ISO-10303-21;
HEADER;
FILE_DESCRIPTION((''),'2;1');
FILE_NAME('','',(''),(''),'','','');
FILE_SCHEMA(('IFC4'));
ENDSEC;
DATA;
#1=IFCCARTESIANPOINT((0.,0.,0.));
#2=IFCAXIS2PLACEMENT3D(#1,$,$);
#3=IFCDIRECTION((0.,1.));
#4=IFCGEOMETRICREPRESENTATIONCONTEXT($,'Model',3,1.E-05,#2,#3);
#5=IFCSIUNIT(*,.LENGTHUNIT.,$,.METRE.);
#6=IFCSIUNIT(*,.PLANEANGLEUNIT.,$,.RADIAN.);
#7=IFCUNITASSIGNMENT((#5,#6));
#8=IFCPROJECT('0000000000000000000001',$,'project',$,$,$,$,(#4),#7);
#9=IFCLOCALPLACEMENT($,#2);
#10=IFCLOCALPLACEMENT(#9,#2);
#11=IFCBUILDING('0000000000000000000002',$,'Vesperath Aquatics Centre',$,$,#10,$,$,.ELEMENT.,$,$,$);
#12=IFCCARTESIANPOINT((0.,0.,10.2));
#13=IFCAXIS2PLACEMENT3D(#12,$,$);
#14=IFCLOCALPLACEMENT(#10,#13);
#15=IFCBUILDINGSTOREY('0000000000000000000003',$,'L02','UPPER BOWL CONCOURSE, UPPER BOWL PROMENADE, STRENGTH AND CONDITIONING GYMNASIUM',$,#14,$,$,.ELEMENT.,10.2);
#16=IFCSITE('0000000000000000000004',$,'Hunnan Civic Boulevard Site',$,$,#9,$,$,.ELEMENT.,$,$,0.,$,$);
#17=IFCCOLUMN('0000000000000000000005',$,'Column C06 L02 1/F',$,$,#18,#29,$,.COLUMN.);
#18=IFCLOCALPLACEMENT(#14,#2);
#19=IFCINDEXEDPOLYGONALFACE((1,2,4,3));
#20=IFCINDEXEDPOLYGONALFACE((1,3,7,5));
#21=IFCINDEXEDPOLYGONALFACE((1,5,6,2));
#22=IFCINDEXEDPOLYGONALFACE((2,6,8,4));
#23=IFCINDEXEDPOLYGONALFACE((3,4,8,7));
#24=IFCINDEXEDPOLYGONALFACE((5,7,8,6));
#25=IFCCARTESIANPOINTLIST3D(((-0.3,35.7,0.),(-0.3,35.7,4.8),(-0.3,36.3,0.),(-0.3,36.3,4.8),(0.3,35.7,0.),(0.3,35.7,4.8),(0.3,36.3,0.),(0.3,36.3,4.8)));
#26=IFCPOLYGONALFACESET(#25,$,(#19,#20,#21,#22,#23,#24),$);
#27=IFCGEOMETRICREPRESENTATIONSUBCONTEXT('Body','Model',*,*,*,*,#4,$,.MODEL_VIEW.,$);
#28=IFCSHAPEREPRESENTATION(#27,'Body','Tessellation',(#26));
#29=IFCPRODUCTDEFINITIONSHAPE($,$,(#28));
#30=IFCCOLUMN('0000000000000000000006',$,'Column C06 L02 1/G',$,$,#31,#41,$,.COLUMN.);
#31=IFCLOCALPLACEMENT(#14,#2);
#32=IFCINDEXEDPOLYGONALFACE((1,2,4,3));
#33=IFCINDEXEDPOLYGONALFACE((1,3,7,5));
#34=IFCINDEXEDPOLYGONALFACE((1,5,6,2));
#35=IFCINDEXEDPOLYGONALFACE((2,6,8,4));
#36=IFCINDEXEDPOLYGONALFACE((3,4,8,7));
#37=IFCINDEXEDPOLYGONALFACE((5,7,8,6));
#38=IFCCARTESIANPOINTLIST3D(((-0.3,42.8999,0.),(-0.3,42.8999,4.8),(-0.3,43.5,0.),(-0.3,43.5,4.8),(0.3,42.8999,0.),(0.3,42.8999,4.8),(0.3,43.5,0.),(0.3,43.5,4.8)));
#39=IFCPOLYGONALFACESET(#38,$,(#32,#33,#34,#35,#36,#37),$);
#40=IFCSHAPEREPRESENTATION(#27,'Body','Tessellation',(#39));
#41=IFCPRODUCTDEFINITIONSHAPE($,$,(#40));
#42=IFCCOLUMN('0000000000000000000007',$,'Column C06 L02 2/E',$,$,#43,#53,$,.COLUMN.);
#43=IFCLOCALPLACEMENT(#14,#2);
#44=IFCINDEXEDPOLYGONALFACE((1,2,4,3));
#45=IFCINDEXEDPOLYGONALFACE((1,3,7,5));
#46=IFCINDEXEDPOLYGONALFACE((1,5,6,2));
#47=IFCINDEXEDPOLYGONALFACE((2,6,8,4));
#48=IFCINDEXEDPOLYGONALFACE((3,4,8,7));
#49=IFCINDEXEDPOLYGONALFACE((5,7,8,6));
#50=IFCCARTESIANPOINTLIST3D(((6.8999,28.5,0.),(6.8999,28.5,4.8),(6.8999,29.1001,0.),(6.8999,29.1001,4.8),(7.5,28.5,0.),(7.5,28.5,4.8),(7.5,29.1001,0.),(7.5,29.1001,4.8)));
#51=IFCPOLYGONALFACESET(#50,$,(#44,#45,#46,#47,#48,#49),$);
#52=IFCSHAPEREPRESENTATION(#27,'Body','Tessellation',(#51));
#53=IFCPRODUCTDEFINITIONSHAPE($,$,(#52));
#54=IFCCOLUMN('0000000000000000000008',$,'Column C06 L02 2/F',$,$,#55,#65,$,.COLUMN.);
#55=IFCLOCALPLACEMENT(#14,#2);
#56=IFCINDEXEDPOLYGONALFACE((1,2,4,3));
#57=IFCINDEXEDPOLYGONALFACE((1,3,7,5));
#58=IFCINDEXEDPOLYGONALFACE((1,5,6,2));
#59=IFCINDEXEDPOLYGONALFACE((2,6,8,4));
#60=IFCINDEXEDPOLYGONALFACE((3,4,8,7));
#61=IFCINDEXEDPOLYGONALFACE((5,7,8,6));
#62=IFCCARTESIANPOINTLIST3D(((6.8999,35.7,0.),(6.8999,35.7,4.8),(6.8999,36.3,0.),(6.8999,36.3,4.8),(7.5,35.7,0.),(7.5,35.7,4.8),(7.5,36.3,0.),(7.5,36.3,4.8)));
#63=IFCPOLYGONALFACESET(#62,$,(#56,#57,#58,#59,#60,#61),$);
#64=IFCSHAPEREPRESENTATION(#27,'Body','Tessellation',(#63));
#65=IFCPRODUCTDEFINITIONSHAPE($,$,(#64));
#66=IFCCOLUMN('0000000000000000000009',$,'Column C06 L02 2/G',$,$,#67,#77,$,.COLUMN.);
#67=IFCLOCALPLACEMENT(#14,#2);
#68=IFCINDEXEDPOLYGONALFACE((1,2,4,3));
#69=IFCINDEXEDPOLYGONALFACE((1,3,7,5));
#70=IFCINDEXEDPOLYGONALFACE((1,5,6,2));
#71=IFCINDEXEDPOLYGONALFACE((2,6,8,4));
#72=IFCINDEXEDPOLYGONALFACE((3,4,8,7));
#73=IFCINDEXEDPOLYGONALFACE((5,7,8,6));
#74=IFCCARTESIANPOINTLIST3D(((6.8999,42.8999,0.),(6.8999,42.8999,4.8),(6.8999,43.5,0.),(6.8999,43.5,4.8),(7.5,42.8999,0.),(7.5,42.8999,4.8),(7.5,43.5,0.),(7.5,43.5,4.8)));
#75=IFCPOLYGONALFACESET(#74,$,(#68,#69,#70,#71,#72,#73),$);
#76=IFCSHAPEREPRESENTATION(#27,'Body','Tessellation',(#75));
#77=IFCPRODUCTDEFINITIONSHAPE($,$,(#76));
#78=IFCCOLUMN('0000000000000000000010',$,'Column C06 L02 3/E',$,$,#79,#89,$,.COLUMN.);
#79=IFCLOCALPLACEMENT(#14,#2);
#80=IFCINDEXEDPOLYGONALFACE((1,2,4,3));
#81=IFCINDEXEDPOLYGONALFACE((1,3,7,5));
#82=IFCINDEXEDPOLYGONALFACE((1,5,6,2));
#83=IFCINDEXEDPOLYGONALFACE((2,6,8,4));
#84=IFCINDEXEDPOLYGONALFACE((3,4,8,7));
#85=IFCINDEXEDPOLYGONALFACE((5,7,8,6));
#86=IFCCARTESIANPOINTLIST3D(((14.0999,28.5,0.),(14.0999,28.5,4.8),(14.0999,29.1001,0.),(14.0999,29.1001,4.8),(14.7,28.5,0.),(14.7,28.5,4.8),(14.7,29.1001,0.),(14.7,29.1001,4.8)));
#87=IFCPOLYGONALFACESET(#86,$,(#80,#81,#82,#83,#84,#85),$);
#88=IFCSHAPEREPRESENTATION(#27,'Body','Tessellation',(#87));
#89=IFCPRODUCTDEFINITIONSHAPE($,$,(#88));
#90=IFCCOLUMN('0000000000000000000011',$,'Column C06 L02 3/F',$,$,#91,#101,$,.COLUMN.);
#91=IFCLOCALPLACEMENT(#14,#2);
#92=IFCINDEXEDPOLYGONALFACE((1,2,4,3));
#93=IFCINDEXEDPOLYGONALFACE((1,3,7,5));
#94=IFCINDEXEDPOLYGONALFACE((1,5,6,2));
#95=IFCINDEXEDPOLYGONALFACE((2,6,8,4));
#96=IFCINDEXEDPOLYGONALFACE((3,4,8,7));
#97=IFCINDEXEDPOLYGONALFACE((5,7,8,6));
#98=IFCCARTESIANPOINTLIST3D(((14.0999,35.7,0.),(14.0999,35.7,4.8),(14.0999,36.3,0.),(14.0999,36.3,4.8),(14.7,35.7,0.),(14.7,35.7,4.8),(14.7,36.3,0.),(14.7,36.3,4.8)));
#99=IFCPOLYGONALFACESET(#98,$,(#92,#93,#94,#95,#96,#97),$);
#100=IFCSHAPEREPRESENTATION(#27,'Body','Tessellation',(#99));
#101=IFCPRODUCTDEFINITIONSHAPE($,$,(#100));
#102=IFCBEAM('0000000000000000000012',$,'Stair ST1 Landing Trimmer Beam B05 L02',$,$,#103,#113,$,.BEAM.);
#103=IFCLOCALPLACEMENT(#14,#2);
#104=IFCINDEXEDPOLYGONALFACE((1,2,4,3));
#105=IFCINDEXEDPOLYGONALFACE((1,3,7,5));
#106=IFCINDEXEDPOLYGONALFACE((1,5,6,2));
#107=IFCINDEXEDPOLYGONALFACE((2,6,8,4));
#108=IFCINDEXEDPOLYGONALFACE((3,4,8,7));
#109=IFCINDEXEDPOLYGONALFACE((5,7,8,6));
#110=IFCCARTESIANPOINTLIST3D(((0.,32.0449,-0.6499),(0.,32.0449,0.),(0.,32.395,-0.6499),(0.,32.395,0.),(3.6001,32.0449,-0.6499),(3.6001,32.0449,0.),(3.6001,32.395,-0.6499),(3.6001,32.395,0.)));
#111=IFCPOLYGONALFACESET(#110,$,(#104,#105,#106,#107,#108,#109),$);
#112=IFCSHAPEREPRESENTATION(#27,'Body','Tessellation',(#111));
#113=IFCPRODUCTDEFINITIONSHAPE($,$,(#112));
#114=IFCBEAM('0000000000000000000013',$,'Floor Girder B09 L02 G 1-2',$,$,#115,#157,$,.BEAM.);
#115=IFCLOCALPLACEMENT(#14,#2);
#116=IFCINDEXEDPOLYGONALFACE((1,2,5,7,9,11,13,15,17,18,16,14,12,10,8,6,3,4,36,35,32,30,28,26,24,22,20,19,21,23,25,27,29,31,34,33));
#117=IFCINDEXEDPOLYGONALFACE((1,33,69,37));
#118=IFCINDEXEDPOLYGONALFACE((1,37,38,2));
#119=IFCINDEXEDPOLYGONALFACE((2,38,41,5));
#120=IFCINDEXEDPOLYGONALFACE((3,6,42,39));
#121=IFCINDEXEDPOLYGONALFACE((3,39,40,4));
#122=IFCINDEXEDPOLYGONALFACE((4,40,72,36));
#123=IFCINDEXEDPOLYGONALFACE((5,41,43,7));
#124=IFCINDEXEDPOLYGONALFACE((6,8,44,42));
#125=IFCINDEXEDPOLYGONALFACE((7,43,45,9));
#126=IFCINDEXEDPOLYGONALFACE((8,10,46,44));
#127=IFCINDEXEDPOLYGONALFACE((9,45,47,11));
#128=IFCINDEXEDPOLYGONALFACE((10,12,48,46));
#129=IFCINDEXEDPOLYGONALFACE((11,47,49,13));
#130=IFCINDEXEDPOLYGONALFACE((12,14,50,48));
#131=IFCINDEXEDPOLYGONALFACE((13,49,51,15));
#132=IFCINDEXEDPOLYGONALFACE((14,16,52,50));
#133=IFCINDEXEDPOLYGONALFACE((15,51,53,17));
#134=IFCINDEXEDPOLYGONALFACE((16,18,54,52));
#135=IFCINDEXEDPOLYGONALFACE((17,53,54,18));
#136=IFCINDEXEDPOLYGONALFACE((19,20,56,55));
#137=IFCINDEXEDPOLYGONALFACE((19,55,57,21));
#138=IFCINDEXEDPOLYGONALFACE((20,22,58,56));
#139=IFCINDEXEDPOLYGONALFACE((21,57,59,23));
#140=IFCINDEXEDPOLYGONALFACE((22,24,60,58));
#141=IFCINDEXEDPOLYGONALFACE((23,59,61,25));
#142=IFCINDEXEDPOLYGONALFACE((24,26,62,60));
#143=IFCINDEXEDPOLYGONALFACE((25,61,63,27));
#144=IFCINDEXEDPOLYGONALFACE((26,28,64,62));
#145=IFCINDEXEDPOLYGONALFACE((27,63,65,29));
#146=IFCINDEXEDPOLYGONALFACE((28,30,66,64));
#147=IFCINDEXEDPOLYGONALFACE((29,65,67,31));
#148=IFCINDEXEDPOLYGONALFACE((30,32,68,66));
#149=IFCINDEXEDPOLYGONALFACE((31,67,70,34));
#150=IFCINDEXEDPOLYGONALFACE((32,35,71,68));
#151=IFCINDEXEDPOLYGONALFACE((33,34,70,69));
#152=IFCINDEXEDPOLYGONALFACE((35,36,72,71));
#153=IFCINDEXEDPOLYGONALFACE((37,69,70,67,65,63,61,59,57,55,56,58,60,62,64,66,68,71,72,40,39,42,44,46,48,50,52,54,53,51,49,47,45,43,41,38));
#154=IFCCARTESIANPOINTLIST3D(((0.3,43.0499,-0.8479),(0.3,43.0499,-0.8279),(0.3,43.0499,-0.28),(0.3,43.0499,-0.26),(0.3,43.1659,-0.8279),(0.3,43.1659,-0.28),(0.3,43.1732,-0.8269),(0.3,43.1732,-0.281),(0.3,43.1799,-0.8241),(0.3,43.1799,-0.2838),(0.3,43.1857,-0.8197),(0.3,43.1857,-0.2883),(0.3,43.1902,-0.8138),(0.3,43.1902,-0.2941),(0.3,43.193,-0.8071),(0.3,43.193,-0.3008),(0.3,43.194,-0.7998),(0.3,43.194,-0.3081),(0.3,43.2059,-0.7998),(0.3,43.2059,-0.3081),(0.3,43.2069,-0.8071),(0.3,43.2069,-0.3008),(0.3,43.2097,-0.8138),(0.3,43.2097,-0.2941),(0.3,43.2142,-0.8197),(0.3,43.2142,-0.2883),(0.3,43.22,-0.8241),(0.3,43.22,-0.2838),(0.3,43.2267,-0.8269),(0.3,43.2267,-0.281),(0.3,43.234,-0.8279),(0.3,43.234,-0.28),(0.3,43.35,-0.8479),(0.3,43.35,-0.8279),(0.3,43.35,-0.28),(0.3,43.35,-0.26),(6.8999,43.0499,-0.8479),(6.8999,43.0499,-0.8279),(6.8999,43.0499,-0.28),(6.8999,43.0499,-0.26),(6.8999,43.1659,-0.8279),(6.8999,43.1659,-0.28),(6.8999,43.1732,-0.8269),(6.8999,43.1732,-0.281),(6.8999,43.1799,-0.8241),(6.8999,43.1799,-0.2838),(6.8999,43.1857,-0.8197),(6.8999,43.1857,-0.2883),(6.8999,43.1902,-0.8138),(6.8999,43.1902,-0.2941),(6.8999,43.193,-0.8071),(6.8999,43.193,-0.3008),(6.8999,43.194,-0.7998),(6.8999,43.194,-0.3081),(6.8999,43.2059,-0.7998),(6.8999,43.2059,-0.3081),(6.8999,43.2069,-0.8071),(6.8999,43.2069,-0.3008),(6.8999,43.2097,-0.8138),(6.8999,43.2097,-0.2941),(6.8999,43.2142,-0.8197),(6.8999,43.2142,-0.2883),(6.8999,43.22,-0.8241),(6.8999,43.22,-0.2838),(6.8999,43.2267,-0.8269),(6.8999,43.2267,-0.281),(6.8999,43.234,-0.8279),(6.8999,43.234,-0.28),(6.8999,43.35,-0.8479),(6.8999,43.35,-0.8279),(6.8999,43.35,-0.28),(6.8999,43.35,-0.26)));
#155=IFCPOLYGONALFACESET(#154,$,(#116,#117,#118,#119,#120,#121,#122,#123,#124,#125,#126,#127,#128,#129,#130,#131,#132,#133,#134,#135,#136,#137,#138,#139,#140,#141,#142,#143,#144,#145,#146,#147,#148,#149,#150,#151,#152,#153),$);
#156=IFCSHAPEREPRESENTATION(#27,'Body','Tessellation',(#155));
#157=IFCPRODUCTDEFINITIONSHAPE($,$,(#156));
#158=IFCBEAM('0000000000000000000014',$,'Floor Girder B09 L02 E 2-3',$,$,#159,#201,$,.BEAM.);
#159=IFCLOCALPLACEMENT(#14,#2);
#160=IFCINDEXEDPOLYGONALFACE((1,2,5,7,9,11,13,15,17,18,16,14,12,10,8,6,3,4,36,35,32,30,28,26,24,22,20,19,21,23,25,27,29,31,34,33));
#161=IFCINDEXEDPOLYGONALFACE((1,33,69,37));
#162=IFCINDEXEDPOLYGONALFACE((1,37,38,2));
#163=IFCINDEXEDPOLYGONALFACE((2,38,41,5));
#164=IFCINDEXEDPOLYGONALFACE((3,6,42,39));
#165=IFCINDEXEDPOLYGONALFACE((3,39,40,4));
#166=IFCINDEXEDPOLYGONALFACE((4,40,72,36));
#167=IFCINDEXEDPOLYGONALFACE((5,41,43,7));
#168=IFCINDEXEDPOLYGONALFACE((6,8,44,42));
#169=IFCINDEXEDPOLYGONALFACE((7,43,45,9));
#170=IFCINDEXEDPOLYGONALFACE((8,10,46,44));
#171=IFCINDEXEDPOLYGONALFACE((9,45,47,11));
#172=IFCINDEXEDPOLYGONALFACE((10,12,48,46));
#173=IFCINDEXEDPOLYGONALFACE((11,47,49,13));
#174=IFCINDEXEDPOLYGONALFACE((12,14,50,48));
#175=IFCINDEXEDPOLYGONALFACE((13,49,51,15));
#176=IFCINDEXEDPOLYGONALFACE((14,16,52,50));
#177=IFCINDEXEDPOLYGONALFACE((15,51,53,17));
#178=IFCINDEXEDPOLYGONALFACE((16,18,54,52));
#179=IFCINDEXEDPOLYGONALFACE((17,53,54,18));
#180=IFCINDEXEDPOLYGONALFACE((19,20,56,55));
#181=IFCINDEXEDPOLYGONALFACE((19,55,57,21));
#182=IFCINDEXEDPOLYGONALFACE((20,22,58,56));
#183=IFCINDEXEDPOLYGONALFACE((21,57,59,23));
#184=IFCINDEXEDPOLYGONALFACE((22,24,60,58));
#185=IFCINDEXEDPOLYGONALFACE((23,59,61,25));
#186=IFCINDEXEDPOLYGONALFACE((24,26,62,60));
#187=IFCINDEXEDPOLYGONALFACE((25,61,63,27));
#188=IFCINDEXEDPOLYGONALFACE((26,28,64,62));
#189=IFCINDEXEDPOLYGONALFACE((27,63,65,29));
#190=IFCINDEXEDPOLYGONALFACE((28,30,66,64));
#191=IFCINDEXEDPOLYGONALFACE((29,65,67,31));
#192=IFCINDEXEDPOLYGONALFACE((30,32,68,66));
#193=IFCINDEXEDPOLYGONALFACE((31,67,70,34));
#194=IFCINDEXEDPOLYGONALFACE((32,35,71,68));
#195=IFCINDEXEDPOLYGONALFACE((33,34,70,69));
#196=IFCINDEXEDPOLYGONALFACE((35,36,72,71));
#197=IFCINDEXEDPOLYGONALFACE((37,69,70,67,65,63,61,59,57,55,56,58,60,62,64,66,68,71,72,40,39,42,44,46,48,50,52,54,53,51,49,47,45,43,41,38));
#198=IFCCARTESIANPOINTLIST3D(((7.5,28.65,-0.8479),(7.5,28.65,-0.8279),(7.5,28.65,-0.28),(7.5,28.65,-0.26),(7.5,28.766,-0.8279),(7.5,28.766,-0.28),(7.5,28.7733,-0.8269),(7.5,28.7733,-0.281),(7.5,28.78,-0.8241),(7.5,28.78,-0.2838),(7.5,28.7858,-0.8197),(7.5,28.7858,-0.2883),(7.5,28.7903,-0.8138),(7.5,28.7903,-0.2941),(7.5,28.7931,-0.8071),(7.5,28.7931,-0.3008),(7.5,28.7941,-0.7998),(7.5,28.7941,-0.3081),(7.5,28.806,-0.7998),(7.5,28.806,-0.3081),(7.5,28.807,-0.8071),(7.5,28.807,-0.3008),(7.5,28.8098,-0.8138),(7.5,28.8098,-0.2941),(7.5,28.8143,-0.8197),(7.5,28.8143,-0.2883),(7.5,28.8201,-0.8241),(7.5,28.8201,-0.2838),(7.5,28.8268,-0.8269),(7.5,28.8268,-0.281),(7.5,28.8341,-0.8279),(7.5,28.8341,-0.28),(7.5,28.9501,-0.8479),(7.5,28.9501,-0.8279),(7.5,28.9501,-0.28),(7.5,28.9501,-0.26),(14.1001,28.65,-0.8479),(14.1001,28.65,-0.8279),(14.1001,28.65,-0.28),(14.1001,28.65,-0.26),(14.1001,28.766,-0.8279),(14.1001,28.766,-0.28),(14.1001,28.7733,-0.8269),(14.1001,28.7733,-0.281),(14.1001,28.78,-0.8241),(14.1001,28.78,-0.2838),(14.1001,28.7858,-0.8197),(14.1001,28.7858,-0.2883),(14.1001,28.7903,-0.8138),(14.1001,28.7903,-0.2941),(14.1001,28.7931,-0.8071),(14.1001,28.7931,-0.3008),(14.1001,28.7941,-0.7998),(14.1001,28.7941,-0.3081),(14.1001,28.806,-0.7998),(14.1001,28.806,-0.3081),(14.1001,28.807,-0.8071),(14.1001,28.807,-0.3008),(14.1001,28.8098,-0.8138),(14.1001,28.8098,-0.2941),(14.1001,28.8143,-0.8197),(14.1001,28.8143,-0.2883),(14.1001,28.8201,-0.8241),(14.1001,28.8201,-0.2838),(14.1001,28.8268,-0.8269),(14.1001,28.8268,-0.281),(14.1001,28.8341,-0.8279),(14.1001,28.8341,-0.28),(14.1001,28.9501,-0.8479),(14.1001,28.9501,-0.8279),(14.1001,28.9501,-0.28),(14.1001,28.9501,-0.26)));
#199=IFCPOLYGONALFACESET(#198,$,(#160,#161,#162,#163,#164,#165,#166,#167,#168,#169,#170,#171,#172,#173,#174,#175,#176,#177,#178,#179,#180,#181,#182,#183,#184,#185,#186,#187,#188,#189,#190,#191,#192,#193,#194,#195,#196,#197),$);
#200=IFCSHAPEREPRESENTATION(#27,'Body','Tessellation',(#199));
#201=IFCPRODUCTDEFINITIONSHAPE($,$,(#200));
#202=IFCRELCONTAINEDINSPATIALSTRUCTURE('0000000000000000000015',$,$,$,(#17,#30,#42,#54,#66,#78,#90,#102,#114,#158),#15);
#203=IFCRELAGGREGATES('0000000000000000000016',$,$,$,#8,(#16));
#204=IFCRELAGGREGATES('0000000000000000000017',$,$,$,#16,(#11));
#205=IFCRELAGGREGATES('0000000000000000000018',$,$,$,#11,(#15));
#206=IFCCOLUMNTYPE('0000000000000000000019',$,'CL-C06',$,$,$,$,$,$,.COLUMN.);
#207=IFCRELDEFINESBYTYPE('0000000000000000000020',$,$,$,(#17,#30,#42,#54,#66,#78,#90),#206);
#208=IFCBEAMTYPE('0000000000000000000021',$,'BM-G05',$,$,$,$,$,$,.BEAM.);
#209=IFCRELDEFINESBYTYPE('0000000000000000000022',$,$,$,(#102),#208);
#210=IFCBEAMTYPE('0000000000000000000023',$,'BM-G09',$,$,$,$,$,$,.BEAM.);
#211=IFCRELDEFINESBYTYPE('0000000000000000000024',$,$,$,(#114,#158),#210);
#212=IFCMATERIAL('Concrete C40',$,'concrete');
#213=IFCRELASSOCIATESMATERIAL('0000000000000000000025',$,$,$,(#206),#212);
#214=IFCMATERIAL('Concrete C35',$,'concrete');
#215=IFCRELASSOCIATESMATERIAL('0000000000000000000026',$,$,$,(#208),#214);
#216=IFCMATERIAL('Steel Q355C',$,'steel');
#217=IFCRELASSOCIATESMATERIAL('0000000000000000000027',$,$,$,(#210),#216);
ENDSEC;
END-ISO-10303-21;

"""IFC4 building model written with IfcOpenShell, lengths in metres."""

from ifc_helpers import new_model, si_unit, direction, frame, origin, origin_2d, place, context, subcontext, project, spatial, rectangle, i_section, extrude, material, material_profile, profile_set, type_object, element, save


model = new_model("IFC4")

# Units and contexts
model_context = context("Model", 3, precision=1e-05, world=origin(), true_north=direction((0.0, 1.0)))
body_context = subcontext(model_context, "Body", "Model", "MODEL_VIEW")
ifc_project = project(units=[si_unit("LENGTHUNIT", "METRE"), si_unit("PLANEANGLEUNIT", "RADIAN")], contexts=[model_context])

# Site, building, storey
site_placement = place(None, origin())
site = spatial("IfcSite", under=ifc_project, at=site_placement, Name="Hunnan Civic Boulevard Site", CompositionType="ELEMENT", RefElevation=0.0)
building_placement = place(site_placement, origin())
building = spatial("IfcBuilding", under=site, at=building_placement, Name="Vesperath Aquatics Centre", CompositionType="ELEMENT")
storey_placement = place(building_placement, frame((0.0, 0.0, 10.2)))
storey = spatial("IfcBuildingStorey", under=building, at=storey_placement, Name="L02", Description="UPPER BOWL CONCOURSE, UPPER BOWL PROMENADE, STRENGTH AND CONDITIONING GYMNASIUM", CompositionType="ELEMENT", Elevation=10.2)

# Columns
ifc_material_1 = material(Name="Concrete C40", Category="concrete")
ifc_material_profile_1 = material_profile(ifc_material_1, rectangle(XDim=0.6001, YDim=0.6001, at=origin_2d()), Name="RC 600x600")
ifc_profile_set_1 = profile_set([ifc_material_profile_1], Name="Concrete C40")
column_type = type_object("IfcColumnType", Name="CL-C06", PredefinedType="COLUMN", material=ifc_profile_set_1)
for number, where, z_axis, x_axis, name in (
    (1, (0.0, 36.0, 0.0), (0.0, 0.0, 1.0), (1.0, 0.0, 0.0), "Column C06 L02 1/F"),
    (2, (0.0, 43.2, 0.0), (0.0, 0.0, 1.0), (1.0, 0.0, 0.0), "Column C06 L02 1/G"),
    (3, (7.2, 28.8, 0.0), (0.0, 0.0, 1.0), (1.0, 0.0, 0.0), "Column C06 L02 2/E"),
    (4, (7.2, 36.0, 0.0), (0.0, 0.0, 1.0), (1.0, 0.0, 0.0), "Column C06 L02 2/F"),
    (5, (7.2, 43.2, 0.0), (0.0, 0.0, 1.0), (1.0, 0.0, 0.0), "Column C06 L02 2/G"),
    (6, (14.3999, 28.8, 0.0), (0.0, 0.0, 1.0), (1.0, 0.0, 0.0), "Column C06 L02 3/E"),
    (7, (14.3999, 36.0, 0.0), (0.0, 0.0, 1.0), (1.0, 0.0, 0.0), "Column C06 L02 3/F"),
):
    element("IfcColumn", number, at=place(storey_placement, frame(where, z_axis=z_axis, x_axis=x_axis)), inside=storey, type_object=column_type, Name=name, PredefinedType="COLUMN", context=body_context, shape_type="SweptSolid", body=[
        extrude(rectangle(XDim=0.6001, YDim=0.6001, at=origin_2d()), origin(), (0.0, 0.0, 1.0), 4.8),
    ])

# Beams
ifc_material_2 = material(Name="Concrete C35", Category="concrete")
ifc_material_profile_2 = material_profile(ifc_material_2, rectangle(XDim=0.3501, YDim=0.6499, at=origin_2d()), Name="RC 350x650")
ifc_profile_set_2 = profile_set([ifc_material_profile_2], Name="Concrete C35")
beam_type_1 = type_object("IfcBeamType", Name="BM-G05", PredefinedType="BEAM", material=ifc_profile_set_2)
beam_1_placement = place(storey_placement, frame((0.0, 32.22, -0.325), z_axis=(1.0, 0.0, 0.0), x_axis=(0.0, 1.0, 0.0)))
element("IfcBeam", 8, at=beam_1_placement, inside=storey, type_object=beam_type_1, Name="Stair ST1 Landing Trimmer Beam B05 L02", PredefinedType="BEAM", context=body_context, shape_type="SweptSolid", body=[
    extrude(rectangle(XDim=0.3501, YDim=0.6499, at=origin_2d()), origin(), (0.0, 0.0, 1.0), 3.6001),
])
ifc_material_3 = material(Name="Steel Q355C", Category="steel")
ifc_material_profile_3 = material_profile(ifc_material_3, i_section(OverallWidth=0.3, OverallDepth=0.5879, WebThickness=0.012, FlangeThickness=0.02, FilletRadius=0.0281, at=origin_2d()), Name="HM 588x300x12x20")
ifc_profile_set_3 = profile_set([ifc_material_profile_3], Name="Steel Q355C")
beam_type_2 = type_object("IfcBeamType", Name="BM-G09", PredefinedType="BEAM", material=ifc_profile_set_3)
beam_2_placement = place(storey_placement, frame((0.3, 43.2, -0.554), z_axis=(1.0, 0.0, 0.0), x_axis=(0.0, 1.0, 0.0)))
element("IfcBeam", 9, at=beam_2_placement, inside=storey, type_object=beam_type_2, Name="Floor Girder B09 L02 G 1-2", PredefinedType="BEAM", context=body_context, shape_type="SweptSolid", body=[
    extrude(i_section(OverallWidth=0.3, OverallDepth=0.5879, WebThickness=0.012, FlangeThickness=0.02, FilletRadius=0.0281, at=origin_2d()), origin(), (0.0, 0.0, 1.0), 6.5999),
])
for number, where, z_axis, x_axis, name in (
    (10, (7.5, 28.8, -0.554), (1.0, 0.0, 0.0), (0.0, 1.0, 0.0), "Floor Girder B09 L02 E 2-3"),
):
    element("IfcBeam", number, at=place(storey_placement, frame(where, z_axis=z_axis, x_axis=x_axis)), inside=storey, type_object=beam_type_2, Name=name, PredefinedType="BEAM", context=body_context, shape_type="SweptSolid", body=[
        extrude(i_section(OverallWidth=0.3, OverallDepth=0.5879, WebThickness=0.012, FlangeThickness=0.02, FilletRadius=0.0281, at=origin_2d()), origin(), (0.0, 0.0, 1.0), 6.6001),
    ])

save(model, "model.ifc")
